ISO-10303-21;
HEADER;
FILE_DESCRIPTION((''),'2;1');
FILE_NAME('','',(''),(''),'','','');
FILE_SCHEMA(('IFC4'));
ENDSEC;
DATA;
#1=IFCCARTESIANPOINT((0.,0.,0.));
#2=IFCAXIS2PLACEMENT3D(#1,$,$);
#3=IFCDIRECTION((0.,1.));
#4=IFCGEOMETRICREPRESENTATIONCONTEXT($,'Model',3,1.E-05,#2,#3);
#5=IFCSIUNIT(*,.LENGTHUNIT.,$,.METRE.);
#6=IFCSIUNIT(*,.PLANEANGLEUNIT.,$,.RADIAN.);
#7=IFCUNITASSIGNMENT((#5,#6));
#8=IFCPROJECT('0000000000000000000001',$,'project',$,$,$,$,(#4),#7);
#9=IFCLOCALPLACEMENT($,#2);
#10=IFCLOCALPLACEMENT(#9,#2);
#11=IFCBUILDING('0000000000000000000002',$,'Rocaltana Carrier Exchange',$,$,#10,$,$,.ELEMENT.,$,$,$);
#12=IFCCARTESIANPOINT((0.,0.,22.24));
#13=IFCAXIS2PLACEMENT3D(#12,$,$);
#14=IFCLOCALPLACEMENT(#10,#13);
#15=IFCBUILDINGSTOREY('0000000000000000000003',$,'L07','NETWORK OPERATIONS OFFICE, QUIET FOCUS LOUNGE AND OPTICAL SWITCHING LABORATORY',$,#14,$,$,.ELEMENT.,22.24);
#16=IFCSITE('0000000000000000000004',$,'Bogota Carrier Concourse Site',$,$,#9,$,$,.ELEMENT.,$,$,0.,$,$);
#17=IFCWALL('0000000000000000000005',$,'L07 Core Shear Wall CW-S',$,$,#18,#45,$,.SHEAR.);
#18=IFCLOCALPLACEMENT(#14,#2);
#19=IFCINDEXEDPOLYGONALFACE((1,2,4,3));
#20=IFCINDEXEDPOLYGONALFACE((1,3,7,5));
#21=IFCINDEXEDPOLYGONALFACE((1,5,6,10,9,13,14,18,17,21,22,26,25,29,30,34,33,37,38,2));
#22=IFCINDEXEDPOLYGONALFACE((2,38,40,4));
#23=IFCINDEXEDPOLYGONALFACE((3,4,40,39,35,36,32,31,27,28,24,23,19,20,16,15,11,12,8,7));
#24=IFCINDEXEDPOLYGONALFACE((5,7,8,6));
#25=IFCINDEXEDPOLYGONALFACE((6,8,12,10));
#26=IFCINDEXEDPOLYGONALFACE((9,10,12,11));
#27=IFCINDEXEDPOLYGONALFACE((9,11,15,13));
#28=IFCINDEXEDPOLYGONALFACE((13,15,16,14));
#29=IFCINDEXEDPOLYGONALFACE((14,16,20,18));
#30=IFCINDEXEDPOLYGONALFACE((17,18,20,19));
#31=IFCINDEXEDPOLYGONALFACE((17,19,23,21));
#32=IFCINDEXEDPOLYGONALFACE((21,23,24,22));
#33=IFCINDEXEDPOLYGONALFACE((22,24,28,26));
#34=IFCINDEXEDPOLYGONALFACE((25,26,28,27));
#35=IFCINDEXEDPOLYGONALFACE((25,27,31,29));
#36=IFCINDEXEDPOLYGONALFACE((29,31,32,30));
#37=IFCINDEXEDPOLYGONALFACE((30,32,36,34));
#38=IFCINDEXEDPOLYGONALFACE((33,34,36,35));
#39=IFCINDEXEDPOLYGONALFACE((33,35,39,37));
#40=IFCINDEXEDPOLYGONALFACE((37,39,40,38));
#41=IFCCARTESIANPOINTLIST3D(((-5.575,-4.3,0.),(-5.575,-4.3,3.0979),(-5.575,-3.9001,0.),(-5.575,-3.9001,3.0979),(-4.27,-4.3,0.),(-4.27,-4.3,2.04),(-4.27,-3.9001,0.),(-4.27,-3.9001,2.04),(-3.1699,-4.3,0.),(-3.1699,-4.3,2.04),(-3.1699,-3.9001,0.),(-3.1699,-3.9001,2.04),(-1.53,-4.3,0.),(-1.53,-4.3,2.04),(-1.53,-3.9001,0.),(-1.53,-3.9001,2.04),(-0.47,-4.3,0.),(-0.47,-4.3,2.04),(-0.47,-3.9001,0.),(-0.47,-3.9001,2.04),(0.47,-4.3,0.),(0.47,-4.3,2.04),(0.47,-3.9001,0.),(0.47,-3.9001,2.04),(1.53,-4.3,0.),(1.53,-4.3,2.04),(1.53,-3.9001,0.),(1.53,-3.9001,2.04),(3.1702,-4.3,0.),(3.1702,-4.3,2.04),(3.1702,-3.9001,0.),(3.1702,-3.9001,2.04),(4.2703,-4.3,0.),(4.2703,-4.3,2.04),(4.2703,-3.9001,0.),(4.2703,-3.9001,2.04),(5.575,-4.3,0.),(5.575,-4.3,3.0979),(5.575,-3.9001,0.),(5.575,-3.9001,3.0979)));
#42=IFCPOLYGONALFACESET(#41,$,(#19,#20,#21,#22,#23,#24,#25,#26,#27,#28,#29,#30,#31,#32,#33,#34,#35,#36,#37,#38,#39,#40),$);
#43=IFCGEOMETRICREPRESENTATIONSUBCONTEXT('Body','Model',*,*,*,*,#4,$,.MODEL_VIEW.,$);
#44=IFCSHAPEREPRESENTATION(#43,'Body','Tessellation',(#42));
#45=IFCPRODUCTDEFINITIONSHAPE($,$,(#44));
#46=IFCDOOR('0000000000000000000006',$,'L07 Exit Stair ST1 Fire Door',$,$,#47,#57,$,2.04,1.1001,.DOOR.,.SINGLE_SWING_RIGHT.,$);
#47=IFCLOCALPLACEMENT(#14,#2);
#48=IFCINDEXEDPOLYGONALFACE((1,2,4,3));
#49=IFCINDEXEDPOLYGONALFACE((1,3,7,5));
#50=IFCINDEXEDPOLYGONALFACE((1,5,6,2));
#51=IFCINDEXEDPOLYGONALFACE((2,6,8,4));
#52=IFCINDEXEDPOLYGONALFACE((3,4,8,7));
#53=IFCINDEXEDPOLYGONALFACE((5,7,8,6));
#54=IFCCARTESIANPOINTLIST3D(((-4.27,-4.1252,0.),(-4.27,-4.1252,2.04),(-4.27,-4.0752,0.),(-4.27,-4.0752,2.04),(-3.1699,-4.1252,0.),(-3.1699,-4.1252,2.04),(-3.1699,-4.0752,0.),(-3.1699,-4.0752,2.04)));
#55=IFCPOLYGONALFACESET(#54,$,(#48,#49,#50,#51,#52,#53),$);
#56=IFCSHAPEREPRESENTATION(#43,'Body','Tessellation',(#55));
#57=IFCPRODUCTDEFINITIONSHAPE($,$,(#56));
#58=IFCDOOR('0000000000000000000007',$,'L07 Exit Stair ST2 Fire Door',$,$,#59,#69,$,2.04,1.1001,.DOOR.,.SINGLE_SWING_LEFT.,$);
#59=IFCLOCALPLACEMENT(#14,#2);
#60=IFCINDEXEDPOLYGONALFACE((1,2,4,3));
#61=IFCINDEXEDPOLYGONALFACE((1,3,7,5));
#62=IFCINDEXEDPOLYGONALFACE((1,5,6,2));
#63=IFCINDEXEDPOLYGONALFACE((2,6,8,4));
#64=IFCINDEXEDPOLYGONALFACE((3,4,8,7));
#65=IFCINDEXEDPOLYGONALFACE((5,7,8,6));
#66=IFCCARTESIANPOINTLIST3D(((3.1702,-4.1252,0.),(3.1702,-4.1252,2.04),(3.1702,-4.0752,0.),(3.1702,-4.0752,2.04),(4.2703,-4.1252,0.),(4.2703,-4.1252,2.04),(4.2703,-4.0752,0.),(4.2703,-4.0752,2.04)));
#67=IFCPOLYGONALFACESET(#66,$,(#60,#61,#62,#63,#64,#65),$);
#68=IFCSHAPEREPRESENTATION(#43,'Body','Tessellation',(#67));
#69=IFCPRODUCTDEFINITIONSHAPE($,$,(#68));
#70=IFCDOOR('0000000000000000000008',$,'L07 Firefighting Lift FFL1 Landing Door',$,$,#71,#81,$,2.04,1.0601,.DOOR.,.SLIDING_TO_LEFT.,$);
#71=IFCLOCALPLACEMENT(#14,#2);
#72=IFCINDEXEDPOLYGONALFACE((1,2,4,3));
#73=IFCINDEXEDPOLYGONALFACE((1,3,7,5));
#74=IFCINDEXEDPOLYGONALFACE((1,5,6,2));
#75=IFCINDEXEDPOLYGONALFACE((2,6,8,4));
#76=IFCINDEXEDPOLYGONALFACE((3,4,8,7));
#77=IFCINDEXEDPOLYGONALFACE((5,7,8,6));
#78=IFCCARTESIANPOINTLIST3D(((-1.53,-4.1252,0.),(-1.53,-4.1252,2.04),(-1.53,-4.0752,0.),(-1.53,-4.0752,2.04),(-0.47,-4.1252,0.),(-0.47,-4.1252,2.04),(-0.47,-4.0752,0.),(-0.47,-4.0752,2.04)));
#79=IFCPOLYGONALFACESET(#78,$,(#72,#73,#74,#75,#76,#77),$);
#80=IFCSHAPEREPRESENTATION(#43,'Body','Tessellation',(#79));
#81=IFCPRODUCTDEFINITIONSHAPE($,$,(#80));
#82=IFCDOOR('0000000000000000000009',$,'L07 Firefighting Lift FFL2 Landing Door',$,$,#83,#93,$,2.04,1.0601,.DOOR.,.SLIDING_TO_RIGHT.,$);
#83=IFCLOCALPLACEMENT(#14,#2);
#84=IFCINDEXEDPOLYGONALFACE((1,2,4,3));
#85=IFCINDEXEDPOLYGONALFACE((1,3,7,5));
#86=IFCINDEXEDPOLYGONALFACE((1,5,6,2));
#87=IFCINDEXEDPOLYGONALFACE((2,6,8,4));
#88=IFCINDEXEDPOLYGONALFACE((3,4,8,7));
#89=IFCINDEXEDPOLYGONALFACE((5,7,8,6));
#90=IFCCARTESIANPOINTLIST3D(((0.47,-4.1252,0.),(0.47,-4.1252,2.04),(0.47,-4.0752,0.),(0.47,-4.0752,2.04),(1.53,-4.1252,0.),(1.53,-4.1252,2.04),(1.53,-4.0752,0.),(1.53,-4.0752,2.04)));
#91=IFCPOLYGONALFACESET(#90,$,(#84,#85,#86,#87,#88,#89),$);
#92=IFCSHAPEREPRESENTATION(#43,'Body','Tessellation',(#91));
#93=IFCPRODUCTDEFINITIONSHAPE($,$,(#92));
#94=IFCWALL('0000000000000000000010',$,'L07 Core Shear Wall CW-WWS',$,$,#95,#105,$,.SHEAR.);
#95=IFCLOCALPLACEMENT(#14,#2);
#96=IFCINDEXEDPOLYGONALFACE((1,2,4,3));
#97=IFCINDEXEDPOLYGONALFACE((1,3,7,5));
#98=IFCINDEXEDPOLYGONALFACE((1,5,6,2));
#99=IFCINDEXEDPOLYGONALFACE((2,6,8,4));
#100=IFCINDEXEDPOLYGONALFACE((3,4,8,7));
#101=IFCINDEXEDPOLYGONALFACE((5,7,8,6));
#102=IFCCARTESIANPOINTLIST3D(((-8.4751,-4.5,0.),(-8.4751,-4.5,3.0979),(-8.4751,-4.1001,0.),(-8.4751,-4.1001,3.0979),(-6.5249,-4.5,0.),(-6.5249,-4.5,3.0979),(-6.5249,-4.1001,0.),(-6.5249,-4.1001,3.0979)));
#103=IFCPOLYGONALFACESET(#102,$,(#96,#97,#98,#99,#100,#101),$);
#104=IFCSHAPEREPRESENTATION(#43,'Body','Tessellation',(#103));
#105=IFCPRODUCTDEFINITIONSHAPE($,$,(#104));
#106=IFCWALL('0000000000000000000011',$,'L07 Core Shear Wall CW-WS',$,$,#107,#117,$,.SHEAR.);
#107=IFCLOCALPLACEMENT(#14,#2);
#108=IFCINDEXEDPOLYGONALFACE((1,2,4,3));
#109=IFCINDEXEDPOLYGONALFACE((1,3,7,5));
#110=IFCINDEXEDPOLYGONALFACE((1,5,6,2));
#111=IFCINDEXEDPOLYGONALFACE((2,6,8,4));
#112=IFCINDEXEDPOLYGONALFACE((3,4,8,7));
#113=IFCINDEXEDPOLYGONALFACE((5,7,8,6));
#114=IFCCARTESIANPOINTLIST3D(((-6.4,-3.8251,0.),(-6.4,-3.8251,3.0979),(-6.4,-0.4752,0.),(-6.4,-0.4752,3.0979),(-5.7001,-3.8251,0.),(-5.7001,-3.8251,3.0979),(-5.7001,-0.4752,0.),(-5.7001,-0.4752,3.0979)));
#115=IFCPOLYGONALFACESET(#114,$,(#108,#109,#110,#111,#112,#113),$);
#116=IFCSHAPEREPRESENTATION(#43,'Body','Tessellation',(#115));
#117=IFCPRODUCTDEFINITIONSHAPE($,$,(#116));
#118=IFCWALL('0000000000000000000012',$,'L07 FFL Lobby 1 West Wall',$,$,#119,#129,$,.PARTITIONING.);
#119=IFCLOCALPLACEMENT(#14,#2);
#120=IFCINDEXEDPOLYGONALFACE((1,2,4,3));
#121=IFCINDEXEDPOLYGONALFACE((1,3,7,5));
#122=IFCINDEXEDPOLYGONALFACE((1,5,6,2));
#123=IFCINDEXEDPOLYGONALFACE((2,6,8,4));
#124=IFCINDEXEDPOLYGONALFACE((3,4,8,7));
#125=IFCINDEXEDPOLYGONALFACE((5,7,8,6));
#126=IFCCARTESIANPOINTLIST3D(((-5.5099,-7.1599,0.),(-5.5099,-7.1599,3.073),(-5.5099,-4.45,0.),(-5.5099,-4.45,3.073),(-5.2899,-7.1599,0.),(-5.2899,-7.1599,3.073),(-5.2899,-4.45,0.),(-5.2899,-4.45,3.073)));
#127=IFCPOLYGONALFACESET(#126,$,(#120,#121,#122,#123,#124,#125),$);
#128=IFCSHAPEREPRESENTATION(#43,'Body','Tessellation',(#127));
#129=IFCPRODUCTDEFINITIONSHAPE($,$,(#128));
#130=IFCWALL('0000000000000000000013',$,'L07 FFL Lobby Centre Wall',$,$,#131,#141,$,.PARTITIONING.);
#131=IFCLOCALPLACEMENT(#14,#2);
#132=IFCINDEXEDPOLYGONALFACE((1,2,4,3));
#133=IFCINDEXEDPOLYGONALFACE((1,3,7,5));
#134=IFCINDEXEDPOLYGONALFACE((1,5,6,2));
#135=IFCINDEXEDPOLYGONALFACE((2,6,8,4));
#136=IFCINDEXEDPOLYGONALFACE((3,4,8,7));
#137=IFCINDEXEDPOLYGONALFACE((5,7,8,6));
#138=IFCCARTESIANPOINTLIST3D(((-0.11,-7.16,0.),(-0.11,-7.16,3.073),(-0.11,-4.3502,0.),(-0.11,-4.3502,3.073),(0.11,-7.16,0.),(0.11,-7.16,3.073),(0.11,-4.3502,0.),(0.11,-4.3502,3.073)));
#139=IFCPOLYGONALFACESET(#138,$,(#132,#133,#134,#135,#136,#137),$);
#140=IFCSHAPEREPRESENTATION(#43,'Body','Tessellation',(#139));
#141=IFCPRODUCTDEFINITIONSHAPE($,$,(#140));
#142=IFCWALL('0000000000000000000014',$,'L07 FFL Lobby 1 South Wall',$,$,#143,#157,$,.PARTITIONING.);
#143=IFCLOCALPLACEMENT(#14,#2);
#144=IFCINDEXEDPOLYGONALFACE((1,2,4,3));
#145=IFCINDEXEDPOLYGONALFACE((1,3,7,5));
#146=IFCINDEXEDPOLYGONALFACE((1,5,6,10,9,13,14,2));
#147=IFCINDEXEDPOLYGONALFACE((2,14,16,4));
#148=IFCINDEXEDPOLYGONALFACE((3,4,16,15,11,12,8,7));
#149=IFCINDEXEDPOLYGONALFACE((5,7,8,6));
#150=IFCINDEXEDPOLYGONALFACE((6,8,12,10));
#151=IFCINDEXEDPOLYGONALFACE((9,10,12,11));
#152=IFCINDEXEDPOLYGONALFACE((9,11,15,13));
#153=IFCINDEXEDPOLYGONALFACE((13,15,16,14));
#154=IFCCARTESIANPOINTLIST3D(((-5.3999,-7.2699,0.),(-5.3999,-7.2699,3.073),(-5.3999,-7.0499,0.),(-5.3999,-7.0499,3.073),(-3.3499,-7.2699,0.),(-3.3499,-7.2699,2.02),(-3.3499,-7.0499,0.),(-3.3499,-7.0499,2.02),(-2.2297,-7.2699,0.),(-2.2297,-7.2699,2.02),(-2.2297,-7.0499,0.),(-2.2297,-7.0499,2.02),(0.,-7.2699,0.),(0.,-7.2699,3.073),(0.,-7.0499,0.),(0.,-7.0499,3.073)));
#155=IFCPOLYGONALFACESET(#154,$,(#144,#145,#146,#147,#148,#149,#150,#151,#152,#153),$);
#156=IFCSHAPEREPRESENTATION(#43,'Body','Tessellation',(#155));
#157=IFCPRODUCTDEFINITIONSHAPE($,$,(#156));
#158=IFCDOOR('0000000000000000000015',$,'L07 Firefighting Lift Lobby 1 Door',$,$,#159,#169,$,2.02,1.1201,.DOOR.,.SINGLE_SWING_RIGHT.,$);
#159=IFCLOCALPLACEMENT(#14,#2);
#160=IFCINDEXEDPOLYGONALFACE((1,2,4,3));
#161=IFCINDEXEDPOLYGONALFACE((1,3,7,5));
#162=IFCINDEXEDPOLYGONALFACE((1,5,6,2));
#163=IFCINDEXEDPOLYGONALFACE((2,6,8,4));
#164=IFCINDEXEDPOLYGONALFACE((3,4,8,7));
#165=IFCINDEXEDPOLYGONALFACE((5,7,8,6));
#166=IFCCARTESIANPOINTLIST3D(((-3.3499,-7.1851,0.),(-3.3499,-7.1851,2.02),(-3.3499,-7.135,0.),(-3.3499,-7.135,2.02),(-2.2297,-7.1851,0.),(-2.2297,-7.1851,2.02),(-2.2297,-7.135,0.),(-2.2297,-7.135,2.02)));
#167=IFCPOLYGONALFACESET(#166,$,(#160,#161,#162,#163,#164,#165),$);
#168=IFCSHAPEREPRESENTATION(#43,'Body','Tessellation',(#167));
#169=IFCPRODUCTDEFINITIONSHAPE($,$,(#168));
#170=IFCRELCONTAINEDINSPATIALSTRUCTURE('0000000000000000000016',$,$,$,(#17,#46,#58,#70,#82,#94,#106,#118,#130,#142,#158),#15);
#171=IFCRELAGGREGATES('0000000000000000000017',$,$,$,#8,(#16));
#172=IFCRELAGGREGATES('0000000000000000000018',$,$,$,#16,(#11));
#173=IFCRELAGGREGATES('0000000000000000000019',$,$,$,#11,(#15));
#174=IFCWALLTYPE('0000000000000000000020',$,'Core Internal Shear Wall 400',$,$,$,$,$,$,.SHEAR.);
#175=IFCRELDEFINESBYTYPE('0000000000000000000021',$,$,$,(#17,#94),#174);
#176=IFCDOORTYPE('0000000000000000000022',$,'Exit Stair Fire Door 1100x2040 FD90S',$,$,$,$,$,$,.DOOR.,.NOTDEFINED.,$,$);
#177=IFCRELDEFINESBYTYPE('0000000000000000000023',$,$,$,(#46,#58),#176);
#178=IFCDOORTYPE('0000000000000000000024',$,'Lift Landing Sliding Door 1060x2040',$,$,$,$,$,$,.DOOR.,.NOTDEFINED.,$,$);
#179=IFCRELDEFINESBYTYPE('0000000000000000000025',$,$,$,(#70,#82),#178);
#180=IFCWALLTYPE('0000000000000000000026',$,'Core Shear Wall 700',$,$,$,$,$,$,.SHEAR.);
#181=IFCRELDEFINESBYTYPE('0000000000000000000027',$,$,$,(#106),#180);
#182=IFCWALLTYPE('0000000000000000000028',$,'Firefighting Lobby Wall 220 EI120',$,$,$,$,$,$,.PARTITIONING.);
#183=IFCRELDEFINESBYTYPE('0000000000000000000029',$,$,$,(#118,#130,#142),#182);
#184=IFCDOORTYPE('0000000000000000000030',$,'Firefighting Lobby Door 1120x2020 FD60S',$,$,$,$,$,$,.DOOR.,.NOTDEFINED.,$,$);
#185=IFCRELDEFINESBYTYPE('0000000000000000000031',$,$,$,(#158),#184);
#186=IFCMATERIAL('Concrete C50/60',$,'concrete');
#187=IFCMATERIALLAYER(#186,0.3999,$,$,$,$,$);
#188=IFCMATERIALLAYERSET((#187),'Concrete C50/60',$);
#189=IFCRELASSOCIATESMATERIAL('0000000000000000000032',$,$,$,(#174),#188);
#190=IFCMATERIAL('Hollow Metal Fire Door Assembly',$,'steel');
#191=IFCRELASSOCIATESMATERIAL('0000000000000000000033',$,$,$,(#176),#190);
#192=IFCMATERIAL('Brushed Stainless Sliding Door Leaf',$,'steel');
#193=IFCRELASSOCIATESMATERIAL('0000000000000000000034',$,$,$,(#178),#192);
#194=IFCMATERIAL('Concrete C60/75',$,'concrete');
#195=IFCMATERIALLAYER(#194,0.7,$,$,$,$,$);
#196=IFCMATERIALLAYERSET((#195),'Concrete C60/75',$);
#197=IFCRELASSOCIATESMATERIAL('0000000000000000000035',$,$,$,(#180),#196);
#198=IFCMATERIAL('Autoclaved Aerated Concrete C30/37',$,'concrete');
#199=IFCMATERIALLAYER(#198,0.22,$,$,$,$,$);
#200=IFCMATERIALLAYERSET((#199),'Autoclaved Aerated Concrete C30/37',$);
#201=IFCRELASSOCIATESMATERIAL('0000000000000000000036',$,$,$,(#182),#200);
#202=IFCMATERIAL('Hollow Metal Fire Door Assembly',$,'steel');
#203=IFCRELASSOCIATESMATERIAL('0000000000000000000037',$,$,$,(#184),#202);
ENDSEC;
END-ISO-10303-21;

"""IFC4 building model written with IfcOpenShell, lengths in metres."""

from ifc_helpers import new_model, si_unit, direction, frame, frame_2d, origin, place, context, subcontext, project, spatial, rectangle, extrude, material, layer, layer_set, type_object, element, fill, save


model = new_model("IFC4")

# Units and contexts
model_context = context("Model", 3, precision=1e-05, world=origin(), true_north=direction((0.0, 1.0)))
body_context = subcontext(model_context, "Body", "Model", "MODEL_VIEW")
ifc_project = project(units=[si_unit("LENGTHUNIT", "METRE"), si_unit("PLANEANGLEUNIT", "RADIAN")], contexts=[model_context])

# Site, building, storey
site_placement = place(None, origin())
site = spatial("IfcSite", under=ifc_project, at=site_placement, Name="Bogota Carrier Concourse Site", CompositionType="ELEMENT", RefElevation=0.0)
building_placement = place(site_placement, origin())
building = spatial("IfcBuilding", under=site, at=building_placement, Name="Rocaltana Carrier Exchange", CompositionType="ELEMENT")
storey_placement = place(building_placement, frame((0.0, 0.0, 22.24)))
storey = spatial("IfcBuildingStorey", under=building, at=storey_placement, Name="L07", Description="NETWORK OPERATIONS OFFICE, QUIET FOCUS LOUNGE AND OPTICAL SWITCHING LABORATORY", CompositionType="ELEMENT", Elevation=22.24)

# Wall, openings, doors
ifc_material_1 = material(Name="Concrete C50/60", Category="concrete")
ifc_layer_1 = layer(ifc_material_1, 0.3999)
ifc_layer_set_1 = layer_set([ifc_layer_1], Name="Concrete C50/60")
wall_type_1 = type_object("IfcWallType", Name="Core Internal Shear Wall 400", PredefinedType="SHEAR", material=ifc_layer_set_1)
wall_1_placement = place(storey_placement, frame((-5.575, -4.1001, 0.0), z_axis=(0.0, 0.0, 1.0), x_axis=(1.0, 0.0, 0.0)))
wall_1 = element("IfcWall", 1, at=wall_1_placement, inside=storey, type_object=wall_type_1, Name="L07 Core Shear Wall CW-S", PredefinedType="SHEAR", context=body_context, shape_type="SweptSolid", body=[
    extrude(rectangle(XDim=11.1499, YDim=0.3999, at=frame_2d((5.575, 0.0))), origin(), (0.0, 0.0, 1.0), 3.0979),
])
opening_1_placement = place(wall_1_placement, frame((1.3049, 0.0, 0.0)))
opening_1 = element("IfcOpeningElement", 2, at=opening_1_placement, cuts=wall_1, PredefinedType="OPENING", context=body_context, shape_type="SweptSolid", body=[
    extrude(rectangle(XDim=1.1001, YDim=2.04, at=frame_2d((0.55, 1.02))), frame((0.0, 0.21, 0.0), z_axis=(0.0, -1.0, 0.0), x_axis=(1.0, 0.0, 0.0)), (0.0, 0.0, 1.0), 0.4199),
])
opening_2_placement = place(wall_1_placement, frame((8.7451, 0.0, 0.0)))
opening_2 = element("IfcOpeningElement", 3, at=opening_2_placement, cuts=wall_1, PredefinedType="OPENING", context=body_context, shape_type="SweptSolid", body=[
    extrude(rectangle(XDim=1.1001, YDim=2.04, at=frame_2d((0.55, 1.02))), frame((0.0, 0.21, 0.0), z_axis=(0.0, -1.0, 0.0), x_axis=(1.0, 0.0, 0.0)), (0.0, 0.0, 1.0), 0.4199),
])
opening_3_placement = place(wall_1_placement, frame((4.0449, 0.0, 0.0)))
opening_3 = element("IfcOpeningElement", 4, at=opening_3_placement, cuts=wall_1, PredefinedType="OPENING", context=body_context, shape_type="SweptSolid", body=[
    extrude(rectangle(XDim=1.0601, YDim=2.04, at=frame_2d((0.53, 1.02))), frame((0.0, 0.21, 0.0), z_axis=(0.0, -1.0, 0.0), x_axis=(1.0, 0.0, 0.0)), (0.0, 0.0, 1.0), 0.4199),
])
opening_4_placement = place(wall_1_placement, frame((6.0449, 0.0, 0.0)))
opening_4 = element("IfcOpeningElement", 5, at=opening_4_placement, cuts=wall_1, PredefinedType="OPENING", context=body_context, shape_type="SweptSolid", body=[
    extrude(rectangle(XDim=1.0601, YDim=2.04, at=frame_2d((0.53, 1.02))), frame((0.0, 0.21, 0.0), z_axis=(0.0, -1.0, 0.0), x_axis=(1.0, 0.0, 0.0)), (0.0, 0.0, 1.0), 0.4199),
])
ifc_material_2 = material(Name="Hollow Metal Fire Door Assembly", Category="steel")
door_type_1 = type_object("IfcDoorType", Name="Exit Stair Fire Door 1100x2040 FD90S", OperationType="NOTDEFINED", PredefinedType="DOOR", material=ifc_material_2)
door_1_placement = place(opening_1_placement, origin())
door_1 = element("IfcDoor", 6, at=door_1_placement, inside=storey, type_object=door_type_1, Name="L07 Exit Stair ST1 Fire Door", OperationType="SINGLE_SWING_RIGHT", OverallHeight=2.04, OverallWidth=1.1001, PredefinedType="DOOR", context=body_context, shape_type="SweptSolid", body=[
    extrude(rectangle(XDim=1.1001, YDim=2.04, at=frame_2d((0.55, 1.02))), frame((0.0, 0.0249, 0.0), z_axis=(0.0, -1.0, 0.0), x_axis=(1.0, 0.0, 0.0)), (0.0, 0.0, 1.0), 0.05),
])
fill(opening_1, door_1)
door_2_placement = place(opening_2_placement, origin())
door_2 = element("IfcDoor", 7, at=door_2_placement, inside=storey, type_object=door_type_1, Name="L07 Exit Stair ST2 Fire Door", OperationType="SINGLE_SWING_LEFT", OverallHeight=2.04, OverallWidth=1.1001, PredefinedType="DOOR", context=body_context, shape_type="SweptSolid", body=[
    extrude(rectangle(XDim=1.1001, YDim=2.04, at=frame_2d((0.55, 1.02))), frame((0.0, 0.0249, 0.0), z_axis=(0.0, -1.0, 0.0), x_axis=(1.0, 0.0, 0.0)), (0.0, 0.0, 1.0), 0.05),
])
fill(opening_2, door_2)
ifc_material_3 = material(Name="Brushed Stainless Sliding Door Leaf", Category="steel")
door_type_2 = type_object("IfcDoorType", Name="Lift Landing Sliding Door 1060x2040", OperationType="NOTDEFINED", PredefinedType="DOOR", material=ifc_material_3)
door_3_placement = place(opening_3_placement, origin())
door_3 = element("IfcDoor", 8, at=door_3_placement, inside=storey, type_object=door_type_2, Name="L07 Firefighting Lift FFL1 Landing Door", OperationType="SLIDING_TO_LEFT", OverallHeight=2.04, OverallWidth=1.0601, PredefinedType="DOOR", context=body_context, shape_type="SweptSolid", body=[
    extrude(rectangle(XDim=1.0601, YDim=2.04, at=frame_2d((0.53, 1.02))), frame((0.0, 0.0249, 0.0), z_axis=(0.0, -1.0, 0.0), x_axis=(1.0, 0.0, 0.0)), (0.0, 0.0, 1.0), 0.05),
])
fill(opening_3, door_3)
door_4_placement = place(opening_4_placement, origin())
door_4 = element("IfcDoor", 9, at=door_4_placement, inside=storey, type_object=door_type_2, Name="L07 Firefighting Lift FFL2 Landing Door", OperationType="SLIDING_TO_RIGHT", OverallHeight=2.04, OverallWidth=1.0601, PredefinedType="DOOR", context=body_context, shape_type="SweptSolid", body=[
    extrude(rectangle(XDim=1.0601, YDim=2.04, at=frame_2d((0.53, 1.02))), frame((0.0, 0.0249, 0.0), z_axis=(0.0, -1.0, 0.0), x_axis=(1.0, 0.0, 0.0)), (0.0, 0.0, 1.0), 0.05),
])
fill(opening_4, door_4)

# Walls
wall_2_placement = place(storey_placement, frame((-8.4751, -4.3, 0.0), z_axis=(0.0, 0.0, 1.0), x_axis=(1.0, 0.0, 0.0)))
element("IfcWall", 10, at=wall_2_placement, inside=storey, type_object=wall_type_1, Name="L07 Core Shear Wall CW-WWS", PredefinedType="SHEAR", context=body_context, shape_type="SweptSolid", body=[
    extrude(rectangle(XDim=1.9502, YDim=0.3999, at=frame_2d((0.9751, 0.0))), origin(), (0.0, 0.0, 1.0), 3.0979),
])
ifc_material_4 = material(Name="Concrete C60/75", Category="concrete")
ifc_layer_2 = layer(ifc_material_4, 0.7)
ifc_layer_set_2 = layer_set([ifc_layer_2], Name="Concrete C60/75")
wall_type_2 = type_object("IfcWallType", Name="Core Shear Wall 700", PredefinedType="SHEAR", material=ifc_layer_set_2)
wall_3_placement = place(storey_placement, frame((-6.05, -3.825, 0.0), z_axis=(0.0, 0.0, 1.0), x_axis=(0.0, 1.0, 0.0)))
element("IfcWall", 11, at=wall_3_placement, inside=storey, type_object=wall_type_2, Name="L07 Core Shear Wall CW-WS", PredefinedType="SHEAR", context=body_context, shape_type="SweptSolid", body=[
    extrude(rectangle(XDim=3.3499, YDim=0.7, at=frame_2d((1.6748, 0.0))), origin(), (0.0, 0.0, 1.0), 3.0979),
])
ifc_material_5 = material(Name="Autoclaved Aerated Concrete C30/37", Category="concrete")
ifc_layer_3 = layer(ifc_material_5, 0.22)
ifc_layer_set_3 = layer_set([ifc_layer_3], Name="Autoclaved Aerated Concrete C30/37")
wall_type_3 = type_object("IfcWallType", Name="Firefighting Lobby Wall 220 EI120", PredefinedType="PARTITIONING", material=ifc_layer_set_3)
wall_4_placement = place(storey_placement, frame((-5.3999, -7.1599, 0.0), z_axis=(0.0, 0.0, 1.0), x_axis=(0.0, 1.0, 0.0)))
element("IfcWall", 12, at=wall_4_placement, inside=storey, type_object=wall_type_3, Name="L07 FFL Lobby 1 West Wall", PredefinedType="PARTITIONING", context=body_context, shape_type="SweptSolid", body=[
    extrude(rectangle(XDim=2.71, YDim=0.22, at=frame_2d((1.355, 0.0))), origin(), (0.0, 0.0, 1.0), 3.073),
])
wall_5_placement = place(storey_placement, frame((0.0, -7.1599, 0.0), z_axis=(0.0, 0.0, 1.0), x_axis=(0.0, 1.0, 0.0)))
element("IfcWall", 13, at=wall_5_placement, inside=storey, type_object=wall_type_3, Name="L07 FFL Lobby Centre Wall", PredefinedType="PARTITIONING", context=body_context, shape_type="SweptSolid", body=[
    extrude(rectangle(XDim=2.8098, YDim=0.22, at=frame_2d((1.4048, 0.0))), origin(), (0.0, 0.0, 1.0), 3.073),
])

# Wall, opening, door
wall_6_placement = place(storey_placement, frame((-5.3999, -7.1599, 0.0), z_axis=(0.0, 0.0, 1.0), x_axis=(1.0, 0.0, 0.0)))
wall_6 = element("IfcWall", 14, at=wall_6_placement, inside=storey, type_object=wall_type_3, Name="L07 FFL Lobby 1 South Wall", PredefinedType="PARTITIONING", context=body_context, shape_type="SweptSolid", body=[
    extrude(rectangle(XDim=5.3999, YDim=0.22, at=frame_2d((2.7, 0.0))), origin(), (0.0, 0.0, 1.0), 3.073),
])
opening_5_placement = place(wall_6_placement, frame((2.05, 0.0, 0.0)))
opening_5 = element("IfcOpeningElement", 15, at=opening_5_placement, cuts=wall_6, PredefinedType="OPENING", context=body_context, shape_type="SweptSolid", body=[
    extrude(rectangle(XDim=1.1201, YDim=2.02, at=frame_2d((0.5601, 1.01))), frame((0.0, 0.1199, 0.0), z_axis=(0.0, -1.0, 0.0), x_axis=(1.0, 0.0, 0.0)), (0.0, 0.0, 1.0), 0.24),
])
ifc_material_6 = material(Name="Hollow Metal Fire Door Assembly", Category="steel")
door_type_3 = type_object("IfcDoorType", Name="Firefighting Lobby Door 1120x2020 FD60S", OperationType="NOTDEFINED", PredefinedType="DOOR", material=ifc_material_6)
door_5_placement = place(opening_5_placement, origin())
door_5 = element("IfcDoor", 16, at=door_5_placement, inside=storey, type_object=door_type_3, Name="L07 Firefighting Lift Lobby 1 Door", OperationType="SINGLE_SWING_RIGHT", OverallHeight=2.02, OverallWidth=1.1201, PredefinedType="DOOR", context=body_context, shape_type="SweptSolid", body=[
    extrude(rectangle(XDim=1.1201, YDim=2.02, at=frame_2d((0.5601, 1.01))), frame((0.0, 0.0249, 0.0), z_axis=(0.0, -1.0, 0.0), x_axis=(1.0, 0.0, 0.0)), (0.0, 0.0, 1.0), 0.05),
])
fill(opening_5, door_5)

save(model, "model.ifc")
